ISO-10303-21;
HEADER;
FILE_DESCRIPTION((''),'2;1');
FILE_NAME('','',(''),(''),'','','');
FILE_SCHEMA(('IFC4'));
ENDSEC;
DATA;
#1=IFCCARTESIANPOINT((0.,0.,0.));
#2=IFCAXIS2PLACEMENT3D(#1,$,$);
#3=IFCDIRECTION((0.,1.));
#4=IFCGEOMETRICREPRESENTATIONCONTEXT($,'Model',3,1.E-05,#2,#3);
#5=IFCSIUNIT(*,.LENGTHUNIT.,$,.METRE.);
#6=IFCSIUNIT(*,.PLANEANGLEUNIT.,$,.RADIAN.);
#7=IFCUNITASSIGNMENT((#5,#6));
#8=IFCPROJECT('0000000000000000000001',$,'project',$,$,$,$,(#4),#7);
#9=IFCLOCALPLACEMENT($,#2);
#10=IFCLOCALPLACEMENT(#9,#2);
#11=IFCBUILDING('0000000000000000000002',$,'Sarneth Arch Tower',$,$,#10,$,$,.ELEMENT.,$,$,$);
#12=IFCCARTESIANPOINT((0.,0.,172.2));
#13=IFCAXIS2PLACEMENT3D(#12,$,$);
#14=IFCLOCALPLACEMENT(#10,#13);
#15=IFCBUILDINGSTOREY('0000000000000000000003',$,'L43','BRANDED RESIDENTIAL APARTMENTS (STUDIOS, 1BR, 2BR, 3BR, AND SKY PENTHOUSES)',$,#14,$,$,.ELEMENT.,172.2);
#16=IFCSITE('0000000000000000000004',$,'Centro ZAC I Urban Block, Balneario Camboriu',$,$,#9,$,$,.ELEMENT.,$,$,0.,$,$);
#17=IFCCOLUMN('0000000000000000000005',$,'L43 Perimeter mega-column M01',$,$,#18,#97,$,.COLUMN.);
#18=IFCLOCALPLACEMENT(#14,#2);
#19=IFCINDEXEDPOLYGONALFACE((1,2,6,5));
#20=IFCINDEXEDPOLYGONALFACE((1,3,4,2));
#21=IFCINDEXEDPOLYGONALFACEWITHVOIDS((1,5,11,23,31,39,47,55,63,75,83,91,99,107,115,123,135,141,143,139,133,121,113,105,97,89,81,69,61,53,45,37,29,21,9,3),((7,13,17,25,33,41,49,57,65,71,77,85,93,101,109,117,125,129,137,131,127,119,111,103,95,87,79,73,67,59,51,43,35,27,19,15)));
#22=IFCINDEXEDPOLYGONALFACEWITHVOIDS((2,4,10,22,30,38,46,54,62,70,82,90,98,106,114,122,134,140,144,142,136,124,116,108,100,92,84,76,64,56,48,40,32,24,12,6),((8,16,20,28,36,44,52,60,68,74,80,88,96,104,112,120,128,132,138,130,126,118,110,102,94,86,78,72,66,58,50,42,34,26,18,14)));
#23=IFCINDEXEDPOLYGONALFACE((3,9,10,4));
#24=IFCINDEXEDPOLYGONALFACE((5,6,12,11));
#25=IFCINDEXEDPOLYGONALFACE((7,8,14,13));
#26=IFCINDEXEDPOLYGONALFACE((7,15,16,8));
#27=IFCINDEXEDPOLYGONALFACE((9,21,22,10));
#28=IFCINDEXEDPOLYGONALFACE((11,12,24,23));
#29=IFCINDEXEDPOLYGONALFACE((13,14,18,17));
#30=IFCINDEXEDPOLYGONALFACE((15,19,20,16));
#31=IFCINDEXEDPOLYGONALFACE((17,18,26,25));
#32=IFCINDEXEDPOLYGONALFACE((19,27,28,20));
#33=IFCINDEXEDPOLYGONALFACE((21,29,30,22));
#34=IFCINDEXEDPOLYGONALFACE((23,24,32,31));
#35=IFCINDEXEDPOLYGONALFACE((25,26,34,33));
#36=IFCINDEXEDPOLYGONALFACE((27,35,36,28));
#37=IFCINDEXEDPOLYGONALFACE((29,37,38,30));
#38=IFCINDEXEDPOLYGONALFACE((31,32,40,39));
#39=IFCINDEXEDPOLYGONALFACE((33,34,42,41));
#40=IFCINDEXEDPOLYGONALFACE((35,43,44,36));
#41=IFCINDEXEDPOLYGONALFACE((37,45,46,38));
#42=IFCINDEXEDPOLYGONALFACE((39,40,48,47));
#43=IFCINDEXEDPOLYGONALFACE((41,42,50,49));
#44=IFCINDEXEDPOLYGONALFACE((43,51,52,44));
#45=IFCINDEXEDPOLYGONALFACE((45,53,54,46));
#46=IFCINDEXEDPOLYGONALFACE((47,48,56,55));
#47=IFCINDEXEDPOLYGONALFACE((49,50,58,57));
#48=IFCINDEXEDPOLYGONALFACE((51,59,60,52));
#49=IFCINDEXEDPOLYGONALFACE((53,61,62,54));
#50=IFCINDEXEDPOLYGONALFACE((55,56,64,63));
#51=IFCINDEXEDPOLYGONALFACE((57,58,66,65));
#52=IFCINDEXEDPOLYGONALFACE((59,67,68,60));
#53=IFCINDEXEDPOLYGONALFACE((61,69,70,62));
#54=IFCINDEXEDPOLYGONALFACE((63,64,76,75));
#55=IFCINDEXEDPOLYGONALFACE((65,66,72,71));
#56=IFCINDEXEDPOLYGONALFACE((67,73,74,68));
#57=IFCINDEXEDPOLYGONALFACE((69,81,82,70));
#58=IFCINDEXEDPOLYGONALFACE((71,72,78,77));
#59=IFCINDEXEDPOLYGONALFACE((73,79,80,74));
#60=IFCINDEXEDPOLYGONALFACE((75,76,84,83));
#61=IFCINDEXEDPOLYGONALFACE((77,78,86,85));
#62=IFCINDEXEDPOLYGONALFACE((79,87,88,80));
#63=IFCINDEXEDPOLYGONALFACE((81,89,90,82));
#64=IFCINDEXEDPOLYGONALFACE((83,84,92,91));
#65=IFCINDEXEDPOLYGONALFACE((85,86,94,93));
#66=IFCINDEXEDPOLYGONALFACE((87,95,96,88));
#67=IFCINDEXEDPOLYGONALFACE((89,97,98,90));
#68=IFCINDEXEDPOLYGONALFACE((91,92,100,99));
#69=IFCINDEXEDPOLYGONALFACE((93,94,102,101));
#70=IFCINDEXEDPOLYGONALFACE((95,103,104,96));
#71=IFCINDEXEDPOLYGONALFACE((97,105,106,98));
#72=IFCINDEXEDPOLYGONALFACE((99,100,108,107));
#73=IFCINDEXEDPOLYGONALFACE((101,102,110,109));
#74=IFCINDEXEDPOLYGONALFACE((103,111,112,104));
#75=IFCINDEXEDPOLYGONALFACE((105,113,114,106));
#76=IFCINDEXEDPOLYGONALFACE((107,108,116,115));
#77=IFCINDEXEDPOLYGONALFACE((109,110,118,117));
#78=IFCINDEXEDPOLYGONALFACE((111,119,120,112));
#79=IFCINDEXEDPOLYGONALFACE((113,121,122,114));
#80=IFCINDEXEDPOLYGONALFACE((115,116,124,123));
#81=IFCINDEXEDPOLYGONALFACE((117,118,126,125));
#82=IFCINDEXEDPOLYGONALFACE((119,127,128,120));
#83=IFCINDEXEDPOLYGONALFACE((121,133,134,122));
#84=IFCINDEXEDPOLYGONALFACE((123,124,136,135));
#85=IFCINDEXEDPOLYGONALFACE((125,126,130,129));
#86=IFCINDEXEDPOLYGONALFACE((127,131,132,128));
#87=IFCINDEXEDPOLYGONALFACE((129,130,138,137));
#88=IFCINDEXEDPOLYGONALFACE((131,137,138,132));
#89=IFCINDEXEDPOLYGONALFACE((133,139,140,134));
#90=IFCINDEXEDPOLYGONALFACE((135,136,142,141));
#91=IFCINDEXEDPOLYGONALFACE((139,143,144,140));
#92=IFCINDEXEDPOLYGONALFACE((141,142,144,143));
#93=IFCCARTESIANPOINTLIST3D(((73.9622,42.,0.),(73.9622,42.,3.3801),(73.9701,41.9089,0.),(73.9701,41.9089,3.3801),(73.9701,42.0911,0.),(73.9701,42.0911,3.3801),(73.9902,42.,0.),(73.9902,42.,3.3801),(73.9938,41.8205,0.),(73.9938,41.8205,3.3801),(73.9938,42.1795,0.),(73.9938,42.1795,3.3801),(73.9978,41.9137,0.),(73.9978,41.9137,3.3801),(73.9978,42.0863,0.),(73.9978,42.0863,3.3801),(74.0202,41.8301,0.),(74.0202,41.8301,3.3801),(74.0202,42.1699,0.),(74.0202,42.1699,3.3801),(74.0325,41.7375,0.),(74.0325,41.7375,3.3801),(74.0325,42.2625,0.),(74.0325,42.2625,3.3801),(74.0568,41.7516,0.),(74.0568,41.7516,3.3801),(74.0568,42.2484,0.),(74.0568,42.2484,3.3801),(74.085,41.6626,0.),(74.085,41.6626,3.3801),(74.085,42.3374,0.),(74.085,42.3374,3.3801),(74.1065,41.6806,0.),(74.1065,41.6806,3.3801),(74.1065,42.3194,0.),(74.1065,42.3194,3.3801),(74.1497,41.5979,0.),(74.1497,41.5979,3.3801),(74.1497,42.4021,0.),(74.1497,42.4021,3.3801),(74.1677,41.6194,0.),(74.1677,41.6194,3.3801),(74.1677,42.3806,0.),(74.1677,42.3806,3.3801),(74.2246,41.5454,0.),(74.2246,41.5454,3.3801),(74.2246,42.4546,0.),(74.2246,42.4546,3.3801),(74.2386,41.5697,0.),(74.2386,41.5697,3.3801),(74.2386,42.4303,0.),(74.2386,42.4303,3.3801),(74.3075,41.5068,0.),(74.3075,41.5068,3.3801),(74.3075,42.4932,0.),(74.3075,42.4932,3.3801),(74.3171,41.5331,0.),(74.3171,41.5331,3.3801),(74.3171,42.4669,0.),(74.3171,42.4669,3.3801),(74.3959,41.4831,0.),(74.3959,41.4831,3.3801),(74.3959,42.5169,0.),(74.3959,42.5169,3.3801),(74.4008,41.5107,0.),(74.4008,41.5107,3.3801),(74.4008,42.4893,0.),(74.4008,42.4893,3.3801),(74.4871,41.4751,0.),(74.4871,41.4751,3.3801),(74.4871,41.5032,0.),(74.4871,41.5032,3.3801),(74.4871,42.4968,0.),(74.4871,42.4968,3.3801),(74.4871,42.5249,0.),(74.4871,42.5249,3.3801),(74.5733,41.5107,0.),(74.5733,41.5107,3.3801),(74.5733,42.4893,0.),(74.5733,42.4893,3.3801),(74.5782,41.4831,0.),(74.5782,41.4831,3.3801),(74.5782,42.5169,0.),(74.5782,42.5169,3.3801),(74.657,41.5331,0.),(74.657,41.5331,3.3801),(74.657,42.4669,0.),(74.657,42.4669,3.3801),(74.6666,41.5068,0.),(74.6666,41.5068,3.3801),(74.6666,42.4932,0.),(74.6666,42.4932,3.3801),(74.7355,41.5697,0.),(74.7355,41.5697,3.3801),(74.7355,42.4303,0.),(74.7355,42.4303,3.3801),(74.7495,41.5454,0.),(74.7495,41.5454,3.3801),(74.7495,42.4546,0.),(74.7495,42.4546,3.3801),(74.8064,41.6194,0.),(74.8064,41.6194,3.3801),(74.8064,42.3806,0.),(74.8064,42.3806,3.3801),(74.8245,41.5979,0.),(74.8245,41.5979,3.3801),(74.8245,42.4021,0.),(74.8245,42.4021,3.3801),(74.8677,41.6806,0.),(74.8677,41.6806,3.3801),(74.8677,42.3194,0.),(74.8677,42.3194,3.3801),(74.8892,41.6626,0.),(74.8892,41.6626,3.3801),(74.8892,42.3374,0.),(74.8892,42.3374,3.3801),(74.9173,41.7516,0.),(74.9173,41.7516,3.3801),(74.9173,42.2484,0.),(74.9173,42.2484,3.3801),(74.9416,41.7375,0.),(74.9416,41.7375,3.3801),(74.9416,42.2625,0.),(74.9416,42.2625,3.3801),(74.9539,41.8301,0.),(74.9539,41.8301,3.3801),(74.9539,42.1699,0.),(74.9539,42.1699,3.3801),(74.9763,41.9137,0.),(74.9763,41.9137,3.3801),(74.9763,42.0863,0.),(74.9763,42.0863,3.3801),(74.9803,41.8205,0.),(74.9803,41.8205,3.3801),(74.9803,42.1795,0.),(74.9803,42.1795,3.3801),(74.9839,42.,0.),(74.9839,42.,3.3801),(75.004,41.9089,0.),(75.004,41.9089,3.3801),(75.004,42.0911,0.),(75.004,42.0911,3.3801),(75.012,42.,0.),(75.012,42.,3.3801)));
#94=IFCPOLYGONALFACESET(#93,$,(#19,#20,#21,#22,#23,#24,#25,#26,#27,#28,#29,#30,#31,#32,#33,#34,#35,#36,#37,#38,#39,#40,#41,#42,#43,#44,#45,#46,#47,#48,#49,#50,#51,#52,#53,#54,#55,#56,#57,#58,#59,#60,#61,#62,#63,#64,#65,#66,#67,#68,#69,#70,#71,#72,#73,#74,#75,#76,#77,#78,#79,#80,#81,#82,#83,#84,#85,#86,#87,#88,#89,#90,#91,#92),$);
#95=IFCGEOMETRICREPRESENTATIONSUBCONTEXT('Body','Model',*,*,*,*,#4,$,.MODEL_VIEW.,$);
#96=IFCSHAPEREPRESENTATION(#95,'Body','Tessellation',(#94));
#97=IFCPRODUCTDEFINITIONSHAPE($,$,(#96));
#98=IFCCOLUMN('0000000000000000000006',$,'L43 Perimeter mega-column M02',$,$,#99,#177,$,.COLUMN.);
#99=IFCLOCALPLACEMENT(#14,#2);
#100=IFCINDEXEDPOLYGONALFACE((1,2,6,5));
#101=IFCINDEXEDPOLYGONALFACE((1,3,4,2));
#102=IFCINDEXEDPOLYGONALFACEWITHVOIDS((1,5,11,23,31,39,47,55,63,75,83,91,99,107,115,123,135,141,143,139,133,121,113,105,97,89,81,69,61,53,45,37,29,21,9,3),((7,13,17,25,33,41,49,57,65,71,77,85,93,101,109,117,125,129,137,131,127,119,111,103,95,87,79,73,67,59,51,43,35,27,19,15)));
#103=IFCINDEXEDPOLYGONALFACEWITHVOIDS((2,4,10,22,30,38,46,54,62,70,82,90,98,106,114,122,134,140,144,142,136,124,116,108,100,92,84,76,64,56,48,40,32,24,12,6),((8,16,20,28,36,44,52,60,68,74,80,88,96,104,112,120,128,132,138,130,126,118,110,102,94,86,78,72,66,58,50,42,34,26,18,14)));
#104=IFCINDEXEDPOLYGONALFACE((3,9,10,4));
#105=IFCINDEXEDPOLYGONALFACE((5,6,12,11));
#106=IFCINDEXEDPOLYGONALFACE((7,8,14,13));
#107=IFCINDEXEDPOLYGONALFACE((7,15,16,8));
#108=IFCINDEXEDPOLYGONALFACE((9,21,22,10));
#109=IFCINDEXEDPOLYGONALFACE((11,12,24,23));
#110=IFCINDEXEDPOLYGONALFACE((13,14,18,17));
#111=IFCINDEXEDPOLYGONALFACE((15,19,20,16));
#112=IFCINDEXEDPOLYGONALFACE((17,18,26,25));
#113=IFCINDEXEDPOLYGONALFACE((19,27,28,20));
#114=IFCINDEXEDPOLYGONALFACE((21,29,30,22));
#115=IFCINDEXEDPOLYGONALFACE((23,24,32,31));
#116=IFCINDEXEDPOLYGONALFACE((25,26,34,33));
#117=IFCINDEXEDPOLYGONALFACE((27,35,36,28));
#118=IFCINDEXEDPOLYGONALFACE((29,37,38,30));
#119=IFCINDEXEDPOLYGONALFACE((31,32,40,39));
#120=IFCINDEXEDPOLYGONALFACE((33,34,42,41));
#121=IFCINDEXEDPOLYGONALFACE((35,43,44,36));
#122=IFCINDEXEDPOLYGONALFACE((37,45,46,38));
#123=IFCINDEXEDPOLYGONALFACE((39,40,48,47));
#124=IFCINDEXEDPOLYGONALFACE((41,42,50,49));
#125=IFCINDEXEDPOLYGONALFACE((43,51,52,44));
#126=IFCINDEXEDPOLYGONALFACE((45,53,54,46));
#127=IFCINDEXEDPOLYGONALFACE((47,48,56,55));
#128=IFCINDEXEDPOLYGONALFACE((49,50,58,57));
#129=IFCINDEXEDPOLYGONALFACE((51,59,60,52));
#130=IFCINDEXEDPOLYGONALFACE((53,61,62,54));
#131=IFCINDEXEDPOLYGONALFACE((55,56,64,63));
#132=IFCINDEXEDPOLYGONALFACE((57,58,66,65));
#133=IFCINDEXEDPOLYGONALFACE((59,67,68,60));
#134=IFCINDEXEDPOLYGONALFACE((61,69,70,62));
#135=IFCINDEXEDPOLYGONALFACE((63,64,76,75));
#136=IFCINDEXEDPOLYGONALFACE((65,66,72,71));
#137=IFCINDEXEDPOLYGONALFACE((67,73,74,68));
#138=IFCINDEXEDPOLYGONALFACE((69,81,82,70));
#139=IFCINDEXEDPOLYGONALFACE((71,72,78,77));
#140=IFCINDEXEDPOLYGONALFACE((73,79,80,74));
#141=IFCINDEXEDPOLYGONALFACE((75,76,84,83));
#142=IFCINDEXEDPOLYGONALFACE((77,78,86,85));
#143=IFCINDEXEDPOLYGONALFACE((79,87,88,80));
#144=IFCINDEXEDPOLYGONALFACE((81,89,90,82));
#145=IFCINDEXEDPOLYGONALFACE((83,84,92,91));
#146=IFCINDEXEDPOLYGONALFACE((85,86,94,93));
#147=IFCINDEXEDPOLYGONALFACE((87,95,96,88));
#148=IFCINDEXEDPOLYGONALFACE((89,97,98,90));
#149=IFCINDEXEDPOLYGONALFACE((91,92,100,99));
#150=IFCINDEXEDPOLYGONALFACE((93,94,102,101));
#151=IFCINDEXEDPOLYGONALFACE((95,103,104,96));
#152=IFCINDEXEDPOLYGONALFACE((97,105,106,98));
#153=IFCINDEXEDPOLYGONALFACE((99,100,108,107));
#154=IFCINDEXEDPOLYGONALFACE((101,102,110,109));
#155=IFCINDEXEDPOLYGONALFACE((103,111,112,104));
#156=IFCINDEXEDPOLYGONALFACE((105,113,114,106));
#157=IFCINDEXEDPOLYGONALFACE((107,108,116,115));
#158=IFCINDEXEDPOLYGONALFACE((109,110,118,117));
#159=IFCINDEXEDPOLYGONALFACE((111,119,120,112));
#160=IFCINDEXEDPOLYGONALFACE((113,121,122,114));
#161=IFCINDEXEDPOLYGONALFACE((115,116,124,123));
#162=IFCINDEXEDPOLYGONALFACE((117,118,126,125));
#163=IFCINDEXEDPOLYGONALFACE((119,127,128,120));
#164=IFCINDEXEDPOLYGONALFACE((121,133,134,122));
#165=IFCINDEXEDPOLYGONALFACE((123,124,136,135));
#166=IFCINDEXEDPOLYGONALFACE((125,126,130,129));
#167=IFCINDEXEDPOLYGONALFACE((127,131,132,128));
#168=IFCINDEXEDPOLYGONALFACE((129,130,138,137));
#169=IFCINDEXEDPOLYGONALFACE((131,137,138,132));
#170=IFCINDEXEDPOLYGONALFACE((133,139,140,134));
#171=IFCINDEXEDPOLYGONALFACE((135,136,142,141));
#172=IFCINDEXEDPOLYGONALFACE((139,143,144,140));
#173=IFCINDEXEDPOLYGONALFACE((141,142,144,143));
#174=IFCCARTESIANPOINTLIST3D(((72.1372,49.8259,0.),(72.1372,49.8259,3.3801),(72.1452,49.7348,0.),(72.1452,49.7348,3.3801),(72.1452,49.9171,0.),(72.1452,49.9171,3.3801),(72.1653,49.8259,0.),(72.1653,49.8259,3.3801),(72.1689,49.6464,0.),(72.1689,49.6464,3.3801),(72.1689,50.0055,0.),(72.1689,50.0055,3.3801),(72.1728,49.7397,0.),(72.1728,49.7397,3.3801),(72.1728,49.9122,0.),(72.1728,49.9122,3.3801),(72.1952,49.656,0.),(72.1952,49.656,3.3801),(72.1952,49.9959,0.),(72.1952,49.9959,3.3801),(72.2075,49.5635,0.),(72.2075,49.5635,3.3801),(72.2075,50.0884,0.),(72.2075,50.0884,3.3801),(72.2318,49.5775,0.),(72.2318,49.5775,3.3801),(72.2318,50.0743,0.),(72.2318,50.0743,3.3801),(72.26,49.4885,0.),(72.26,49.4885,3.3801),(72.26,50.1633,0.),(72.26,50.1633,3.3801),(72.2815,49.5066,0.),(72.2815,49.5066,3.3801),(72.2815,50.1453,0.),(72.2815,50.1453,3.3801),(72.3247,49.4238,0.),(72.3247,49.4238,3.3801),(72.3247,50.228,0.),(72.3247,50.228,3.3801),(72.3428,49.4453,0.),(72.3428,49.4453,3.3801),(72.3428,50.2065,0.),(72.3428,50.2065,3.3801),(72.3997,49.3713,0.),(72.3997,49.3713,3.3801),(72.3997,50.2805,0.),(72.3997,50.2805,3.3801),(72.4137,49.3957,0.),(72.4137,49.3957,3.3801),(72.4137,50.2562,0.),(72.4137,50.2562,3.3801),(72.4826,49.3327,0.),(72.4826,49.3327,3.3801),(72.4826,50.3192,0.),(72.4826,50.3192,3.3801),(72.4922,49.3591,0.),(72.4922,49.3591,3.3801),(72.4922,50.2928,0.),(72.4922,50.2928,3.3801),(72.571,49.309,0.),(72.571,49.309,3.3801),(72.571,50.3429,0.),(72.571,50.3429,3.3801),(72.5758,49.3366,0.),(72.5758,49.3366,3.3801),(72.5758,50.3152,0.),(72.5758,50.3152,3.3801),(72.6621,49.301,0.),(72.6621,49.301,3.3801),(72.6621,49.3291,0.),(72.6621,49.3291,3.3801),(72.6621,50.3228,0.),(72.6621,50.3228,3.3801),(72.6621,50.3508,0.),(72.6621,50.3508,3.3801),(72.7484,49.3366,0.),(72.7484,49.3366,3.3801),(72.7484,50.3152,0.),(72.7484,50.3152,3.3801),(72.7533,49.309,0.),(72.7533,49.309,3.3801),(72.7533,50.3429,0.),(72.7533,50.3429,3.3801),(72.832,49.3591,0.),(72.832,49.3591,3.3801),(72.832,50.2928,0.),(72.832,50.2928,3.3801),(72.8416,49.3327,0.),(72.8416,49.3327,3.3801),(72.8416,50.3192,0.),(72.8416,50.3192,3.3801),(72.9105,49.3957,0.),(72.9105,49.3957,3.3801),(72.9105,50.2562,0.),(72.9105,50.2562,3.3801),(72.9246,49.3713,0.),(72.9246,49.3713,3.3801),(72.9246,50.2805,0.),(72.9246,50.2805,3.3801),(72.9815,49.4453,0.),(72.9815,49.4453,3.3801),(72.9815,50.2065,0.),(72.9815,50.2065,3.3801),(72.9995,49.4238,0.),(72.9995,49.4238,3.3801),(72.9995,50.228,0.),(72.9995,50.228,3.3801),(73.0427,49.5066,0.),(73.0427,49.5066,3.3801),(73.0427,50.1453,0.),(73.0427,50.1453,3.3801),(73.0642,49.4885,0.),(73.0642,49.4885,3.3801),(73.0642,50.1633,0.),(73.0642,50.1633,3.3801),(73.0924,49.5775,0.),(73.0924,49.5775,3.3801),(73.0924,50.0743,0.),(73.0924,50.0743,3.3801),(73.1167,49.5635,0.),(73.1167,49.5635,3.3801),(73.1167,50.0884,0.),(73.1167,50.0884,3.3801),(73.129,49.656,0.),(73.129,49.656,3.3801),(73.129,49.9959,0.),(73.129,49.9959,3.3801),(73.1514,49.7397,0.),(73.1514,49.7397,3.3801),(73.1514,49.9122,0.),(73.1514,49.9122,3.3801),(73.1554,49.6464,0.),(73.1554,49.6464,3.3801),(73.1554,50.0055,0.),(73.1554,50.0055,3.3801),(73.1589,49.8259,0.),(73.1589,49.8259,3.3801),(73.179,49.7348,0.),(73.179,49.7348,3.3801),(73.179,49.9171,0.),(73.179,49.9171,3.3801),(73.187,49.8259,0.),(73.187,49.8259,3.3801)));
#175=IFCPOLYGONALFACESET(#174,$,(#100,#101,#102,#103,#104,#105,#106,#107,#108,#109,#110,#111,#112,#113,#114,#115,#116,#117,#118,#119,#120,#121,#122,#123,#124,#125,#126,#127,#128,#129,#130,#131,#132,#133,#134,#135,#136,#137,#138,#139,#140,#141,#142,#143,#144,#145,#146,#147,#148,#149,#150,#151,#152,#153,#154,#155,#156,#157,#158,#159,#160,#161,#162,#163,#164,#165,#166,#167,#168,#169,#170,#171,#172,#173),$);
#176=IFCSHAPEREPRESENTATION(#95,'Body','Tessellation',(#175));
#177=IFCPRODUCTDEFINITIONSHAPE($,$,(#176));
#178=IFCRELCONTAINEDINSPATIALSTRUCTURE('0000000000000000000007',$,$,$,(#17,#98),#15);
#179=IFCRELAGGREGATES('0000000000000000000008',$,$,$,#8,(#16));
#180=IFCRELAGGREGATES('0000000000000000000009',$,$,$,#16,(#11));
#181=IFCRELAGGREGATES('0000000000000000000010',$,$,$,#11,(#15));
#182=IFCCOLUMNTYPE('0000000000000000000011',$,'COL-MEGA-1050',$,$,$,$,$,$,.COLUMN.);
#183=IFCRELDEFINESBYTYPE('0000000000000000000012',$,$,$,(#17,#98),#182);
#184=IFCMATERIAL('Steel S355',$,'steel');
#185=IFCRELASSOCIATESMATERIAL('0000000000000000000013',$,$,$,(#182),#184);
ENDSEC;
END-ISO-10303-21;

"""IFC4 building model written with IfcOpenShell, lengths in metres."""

from ifc_helpers import new_model, si_unit, direction, frame, origin, origin_2d, place, context, subcontext, project, spatial, hollow_circle, extrude, material, material_profile, profile_set, type_object, element, save


model = new_model("IFC4")

# Units and contexts
model_context = context("Model", 3, precision=1e-05, world=origin(), true_north=direction((0.0, 1.0)))
body_context = subcontext(model_context, "Body", "Model", "MODEL_VIEW")
ifc_project = project(units=[si_unit("LENGTHUNIT", "METRE"), si_unit("PLANEANGLEUNIT", "RADIAN")], contexts=[model_context])

# Site, building, storey
site_placement = place(None, origin())
site = spatial("IfcSite", under=ifc_project, at=site_placement, Name="Centro ZAC I Urban Block, Balneario Camboriu", CompositionType="ELEMENT", RefElevation=0.0)
building_placement = place(site_placement, origin())
building = spatial("IfcBuilding", under=site, at=building_placement, Name="Sarneth Arch Tower", CompositionType="ELEMENT")
storey_placement = place(building_placement, frame((0.0, 0.0, 172.2)))
storey = spatial("IfcBuildingStorey", under=building, at=storey_placement, Name="L43", Description="BRANDED RESIDENTIAL APARTMENTS (STUDIOS, 1BR, 2BR, 3BR, AND SKY PENTHOUSES)", CompositionType="ELEMENT", Elevation=172.2)

# Columns
ifc_material_1 = material(Name="Steel S355", Category="steel")
ifc_material_profile_1 = material_profile(ifc_material_1, hollow_circle(Radius=0.5249, WallThickness=0.0281, at=origin_2d()), Name="CHS1050x28")
ifc_profile_set_1 = profile_set([ifc_material_profile_1], Name="Steel S355")
column_type = type_object("IfcColumnType", Name="COL-MEGA-1050", PredefinedType="COLUMN", material=ifc_profile_set_1)
for number, where, z_axis, x_axis, name in (
    (1, (74.4871, 42.0, 0.0), (0.0, 0.0, 1.0), (1.0, 0.0, 0.0), "L43 Perimeter mega-column M01"),
    (2, (72.6621, 49.8259, 0.0), (0.0, 0.0, 1.0), (1.0, 0.0, 0.0), "L43 Perimeter mega-column M02"),
):
    element("IfcColumn", number, at=place(storey_placement, frame(where, z_axis=z_axis, x_axis=x_axis)), inside=storey, type_object=column_type, Name=name, PredefinedType="COLUMN", context=body_context, shape_type="SweptSolid", body=[
        extrude(hollow_circle(Radius=0.5249, WallThickness=0.0281, at=origin_2d()), origin(), (0.0, 0.0, 1.0), 3.3801),
    ])

save(model, "model.ifc")
